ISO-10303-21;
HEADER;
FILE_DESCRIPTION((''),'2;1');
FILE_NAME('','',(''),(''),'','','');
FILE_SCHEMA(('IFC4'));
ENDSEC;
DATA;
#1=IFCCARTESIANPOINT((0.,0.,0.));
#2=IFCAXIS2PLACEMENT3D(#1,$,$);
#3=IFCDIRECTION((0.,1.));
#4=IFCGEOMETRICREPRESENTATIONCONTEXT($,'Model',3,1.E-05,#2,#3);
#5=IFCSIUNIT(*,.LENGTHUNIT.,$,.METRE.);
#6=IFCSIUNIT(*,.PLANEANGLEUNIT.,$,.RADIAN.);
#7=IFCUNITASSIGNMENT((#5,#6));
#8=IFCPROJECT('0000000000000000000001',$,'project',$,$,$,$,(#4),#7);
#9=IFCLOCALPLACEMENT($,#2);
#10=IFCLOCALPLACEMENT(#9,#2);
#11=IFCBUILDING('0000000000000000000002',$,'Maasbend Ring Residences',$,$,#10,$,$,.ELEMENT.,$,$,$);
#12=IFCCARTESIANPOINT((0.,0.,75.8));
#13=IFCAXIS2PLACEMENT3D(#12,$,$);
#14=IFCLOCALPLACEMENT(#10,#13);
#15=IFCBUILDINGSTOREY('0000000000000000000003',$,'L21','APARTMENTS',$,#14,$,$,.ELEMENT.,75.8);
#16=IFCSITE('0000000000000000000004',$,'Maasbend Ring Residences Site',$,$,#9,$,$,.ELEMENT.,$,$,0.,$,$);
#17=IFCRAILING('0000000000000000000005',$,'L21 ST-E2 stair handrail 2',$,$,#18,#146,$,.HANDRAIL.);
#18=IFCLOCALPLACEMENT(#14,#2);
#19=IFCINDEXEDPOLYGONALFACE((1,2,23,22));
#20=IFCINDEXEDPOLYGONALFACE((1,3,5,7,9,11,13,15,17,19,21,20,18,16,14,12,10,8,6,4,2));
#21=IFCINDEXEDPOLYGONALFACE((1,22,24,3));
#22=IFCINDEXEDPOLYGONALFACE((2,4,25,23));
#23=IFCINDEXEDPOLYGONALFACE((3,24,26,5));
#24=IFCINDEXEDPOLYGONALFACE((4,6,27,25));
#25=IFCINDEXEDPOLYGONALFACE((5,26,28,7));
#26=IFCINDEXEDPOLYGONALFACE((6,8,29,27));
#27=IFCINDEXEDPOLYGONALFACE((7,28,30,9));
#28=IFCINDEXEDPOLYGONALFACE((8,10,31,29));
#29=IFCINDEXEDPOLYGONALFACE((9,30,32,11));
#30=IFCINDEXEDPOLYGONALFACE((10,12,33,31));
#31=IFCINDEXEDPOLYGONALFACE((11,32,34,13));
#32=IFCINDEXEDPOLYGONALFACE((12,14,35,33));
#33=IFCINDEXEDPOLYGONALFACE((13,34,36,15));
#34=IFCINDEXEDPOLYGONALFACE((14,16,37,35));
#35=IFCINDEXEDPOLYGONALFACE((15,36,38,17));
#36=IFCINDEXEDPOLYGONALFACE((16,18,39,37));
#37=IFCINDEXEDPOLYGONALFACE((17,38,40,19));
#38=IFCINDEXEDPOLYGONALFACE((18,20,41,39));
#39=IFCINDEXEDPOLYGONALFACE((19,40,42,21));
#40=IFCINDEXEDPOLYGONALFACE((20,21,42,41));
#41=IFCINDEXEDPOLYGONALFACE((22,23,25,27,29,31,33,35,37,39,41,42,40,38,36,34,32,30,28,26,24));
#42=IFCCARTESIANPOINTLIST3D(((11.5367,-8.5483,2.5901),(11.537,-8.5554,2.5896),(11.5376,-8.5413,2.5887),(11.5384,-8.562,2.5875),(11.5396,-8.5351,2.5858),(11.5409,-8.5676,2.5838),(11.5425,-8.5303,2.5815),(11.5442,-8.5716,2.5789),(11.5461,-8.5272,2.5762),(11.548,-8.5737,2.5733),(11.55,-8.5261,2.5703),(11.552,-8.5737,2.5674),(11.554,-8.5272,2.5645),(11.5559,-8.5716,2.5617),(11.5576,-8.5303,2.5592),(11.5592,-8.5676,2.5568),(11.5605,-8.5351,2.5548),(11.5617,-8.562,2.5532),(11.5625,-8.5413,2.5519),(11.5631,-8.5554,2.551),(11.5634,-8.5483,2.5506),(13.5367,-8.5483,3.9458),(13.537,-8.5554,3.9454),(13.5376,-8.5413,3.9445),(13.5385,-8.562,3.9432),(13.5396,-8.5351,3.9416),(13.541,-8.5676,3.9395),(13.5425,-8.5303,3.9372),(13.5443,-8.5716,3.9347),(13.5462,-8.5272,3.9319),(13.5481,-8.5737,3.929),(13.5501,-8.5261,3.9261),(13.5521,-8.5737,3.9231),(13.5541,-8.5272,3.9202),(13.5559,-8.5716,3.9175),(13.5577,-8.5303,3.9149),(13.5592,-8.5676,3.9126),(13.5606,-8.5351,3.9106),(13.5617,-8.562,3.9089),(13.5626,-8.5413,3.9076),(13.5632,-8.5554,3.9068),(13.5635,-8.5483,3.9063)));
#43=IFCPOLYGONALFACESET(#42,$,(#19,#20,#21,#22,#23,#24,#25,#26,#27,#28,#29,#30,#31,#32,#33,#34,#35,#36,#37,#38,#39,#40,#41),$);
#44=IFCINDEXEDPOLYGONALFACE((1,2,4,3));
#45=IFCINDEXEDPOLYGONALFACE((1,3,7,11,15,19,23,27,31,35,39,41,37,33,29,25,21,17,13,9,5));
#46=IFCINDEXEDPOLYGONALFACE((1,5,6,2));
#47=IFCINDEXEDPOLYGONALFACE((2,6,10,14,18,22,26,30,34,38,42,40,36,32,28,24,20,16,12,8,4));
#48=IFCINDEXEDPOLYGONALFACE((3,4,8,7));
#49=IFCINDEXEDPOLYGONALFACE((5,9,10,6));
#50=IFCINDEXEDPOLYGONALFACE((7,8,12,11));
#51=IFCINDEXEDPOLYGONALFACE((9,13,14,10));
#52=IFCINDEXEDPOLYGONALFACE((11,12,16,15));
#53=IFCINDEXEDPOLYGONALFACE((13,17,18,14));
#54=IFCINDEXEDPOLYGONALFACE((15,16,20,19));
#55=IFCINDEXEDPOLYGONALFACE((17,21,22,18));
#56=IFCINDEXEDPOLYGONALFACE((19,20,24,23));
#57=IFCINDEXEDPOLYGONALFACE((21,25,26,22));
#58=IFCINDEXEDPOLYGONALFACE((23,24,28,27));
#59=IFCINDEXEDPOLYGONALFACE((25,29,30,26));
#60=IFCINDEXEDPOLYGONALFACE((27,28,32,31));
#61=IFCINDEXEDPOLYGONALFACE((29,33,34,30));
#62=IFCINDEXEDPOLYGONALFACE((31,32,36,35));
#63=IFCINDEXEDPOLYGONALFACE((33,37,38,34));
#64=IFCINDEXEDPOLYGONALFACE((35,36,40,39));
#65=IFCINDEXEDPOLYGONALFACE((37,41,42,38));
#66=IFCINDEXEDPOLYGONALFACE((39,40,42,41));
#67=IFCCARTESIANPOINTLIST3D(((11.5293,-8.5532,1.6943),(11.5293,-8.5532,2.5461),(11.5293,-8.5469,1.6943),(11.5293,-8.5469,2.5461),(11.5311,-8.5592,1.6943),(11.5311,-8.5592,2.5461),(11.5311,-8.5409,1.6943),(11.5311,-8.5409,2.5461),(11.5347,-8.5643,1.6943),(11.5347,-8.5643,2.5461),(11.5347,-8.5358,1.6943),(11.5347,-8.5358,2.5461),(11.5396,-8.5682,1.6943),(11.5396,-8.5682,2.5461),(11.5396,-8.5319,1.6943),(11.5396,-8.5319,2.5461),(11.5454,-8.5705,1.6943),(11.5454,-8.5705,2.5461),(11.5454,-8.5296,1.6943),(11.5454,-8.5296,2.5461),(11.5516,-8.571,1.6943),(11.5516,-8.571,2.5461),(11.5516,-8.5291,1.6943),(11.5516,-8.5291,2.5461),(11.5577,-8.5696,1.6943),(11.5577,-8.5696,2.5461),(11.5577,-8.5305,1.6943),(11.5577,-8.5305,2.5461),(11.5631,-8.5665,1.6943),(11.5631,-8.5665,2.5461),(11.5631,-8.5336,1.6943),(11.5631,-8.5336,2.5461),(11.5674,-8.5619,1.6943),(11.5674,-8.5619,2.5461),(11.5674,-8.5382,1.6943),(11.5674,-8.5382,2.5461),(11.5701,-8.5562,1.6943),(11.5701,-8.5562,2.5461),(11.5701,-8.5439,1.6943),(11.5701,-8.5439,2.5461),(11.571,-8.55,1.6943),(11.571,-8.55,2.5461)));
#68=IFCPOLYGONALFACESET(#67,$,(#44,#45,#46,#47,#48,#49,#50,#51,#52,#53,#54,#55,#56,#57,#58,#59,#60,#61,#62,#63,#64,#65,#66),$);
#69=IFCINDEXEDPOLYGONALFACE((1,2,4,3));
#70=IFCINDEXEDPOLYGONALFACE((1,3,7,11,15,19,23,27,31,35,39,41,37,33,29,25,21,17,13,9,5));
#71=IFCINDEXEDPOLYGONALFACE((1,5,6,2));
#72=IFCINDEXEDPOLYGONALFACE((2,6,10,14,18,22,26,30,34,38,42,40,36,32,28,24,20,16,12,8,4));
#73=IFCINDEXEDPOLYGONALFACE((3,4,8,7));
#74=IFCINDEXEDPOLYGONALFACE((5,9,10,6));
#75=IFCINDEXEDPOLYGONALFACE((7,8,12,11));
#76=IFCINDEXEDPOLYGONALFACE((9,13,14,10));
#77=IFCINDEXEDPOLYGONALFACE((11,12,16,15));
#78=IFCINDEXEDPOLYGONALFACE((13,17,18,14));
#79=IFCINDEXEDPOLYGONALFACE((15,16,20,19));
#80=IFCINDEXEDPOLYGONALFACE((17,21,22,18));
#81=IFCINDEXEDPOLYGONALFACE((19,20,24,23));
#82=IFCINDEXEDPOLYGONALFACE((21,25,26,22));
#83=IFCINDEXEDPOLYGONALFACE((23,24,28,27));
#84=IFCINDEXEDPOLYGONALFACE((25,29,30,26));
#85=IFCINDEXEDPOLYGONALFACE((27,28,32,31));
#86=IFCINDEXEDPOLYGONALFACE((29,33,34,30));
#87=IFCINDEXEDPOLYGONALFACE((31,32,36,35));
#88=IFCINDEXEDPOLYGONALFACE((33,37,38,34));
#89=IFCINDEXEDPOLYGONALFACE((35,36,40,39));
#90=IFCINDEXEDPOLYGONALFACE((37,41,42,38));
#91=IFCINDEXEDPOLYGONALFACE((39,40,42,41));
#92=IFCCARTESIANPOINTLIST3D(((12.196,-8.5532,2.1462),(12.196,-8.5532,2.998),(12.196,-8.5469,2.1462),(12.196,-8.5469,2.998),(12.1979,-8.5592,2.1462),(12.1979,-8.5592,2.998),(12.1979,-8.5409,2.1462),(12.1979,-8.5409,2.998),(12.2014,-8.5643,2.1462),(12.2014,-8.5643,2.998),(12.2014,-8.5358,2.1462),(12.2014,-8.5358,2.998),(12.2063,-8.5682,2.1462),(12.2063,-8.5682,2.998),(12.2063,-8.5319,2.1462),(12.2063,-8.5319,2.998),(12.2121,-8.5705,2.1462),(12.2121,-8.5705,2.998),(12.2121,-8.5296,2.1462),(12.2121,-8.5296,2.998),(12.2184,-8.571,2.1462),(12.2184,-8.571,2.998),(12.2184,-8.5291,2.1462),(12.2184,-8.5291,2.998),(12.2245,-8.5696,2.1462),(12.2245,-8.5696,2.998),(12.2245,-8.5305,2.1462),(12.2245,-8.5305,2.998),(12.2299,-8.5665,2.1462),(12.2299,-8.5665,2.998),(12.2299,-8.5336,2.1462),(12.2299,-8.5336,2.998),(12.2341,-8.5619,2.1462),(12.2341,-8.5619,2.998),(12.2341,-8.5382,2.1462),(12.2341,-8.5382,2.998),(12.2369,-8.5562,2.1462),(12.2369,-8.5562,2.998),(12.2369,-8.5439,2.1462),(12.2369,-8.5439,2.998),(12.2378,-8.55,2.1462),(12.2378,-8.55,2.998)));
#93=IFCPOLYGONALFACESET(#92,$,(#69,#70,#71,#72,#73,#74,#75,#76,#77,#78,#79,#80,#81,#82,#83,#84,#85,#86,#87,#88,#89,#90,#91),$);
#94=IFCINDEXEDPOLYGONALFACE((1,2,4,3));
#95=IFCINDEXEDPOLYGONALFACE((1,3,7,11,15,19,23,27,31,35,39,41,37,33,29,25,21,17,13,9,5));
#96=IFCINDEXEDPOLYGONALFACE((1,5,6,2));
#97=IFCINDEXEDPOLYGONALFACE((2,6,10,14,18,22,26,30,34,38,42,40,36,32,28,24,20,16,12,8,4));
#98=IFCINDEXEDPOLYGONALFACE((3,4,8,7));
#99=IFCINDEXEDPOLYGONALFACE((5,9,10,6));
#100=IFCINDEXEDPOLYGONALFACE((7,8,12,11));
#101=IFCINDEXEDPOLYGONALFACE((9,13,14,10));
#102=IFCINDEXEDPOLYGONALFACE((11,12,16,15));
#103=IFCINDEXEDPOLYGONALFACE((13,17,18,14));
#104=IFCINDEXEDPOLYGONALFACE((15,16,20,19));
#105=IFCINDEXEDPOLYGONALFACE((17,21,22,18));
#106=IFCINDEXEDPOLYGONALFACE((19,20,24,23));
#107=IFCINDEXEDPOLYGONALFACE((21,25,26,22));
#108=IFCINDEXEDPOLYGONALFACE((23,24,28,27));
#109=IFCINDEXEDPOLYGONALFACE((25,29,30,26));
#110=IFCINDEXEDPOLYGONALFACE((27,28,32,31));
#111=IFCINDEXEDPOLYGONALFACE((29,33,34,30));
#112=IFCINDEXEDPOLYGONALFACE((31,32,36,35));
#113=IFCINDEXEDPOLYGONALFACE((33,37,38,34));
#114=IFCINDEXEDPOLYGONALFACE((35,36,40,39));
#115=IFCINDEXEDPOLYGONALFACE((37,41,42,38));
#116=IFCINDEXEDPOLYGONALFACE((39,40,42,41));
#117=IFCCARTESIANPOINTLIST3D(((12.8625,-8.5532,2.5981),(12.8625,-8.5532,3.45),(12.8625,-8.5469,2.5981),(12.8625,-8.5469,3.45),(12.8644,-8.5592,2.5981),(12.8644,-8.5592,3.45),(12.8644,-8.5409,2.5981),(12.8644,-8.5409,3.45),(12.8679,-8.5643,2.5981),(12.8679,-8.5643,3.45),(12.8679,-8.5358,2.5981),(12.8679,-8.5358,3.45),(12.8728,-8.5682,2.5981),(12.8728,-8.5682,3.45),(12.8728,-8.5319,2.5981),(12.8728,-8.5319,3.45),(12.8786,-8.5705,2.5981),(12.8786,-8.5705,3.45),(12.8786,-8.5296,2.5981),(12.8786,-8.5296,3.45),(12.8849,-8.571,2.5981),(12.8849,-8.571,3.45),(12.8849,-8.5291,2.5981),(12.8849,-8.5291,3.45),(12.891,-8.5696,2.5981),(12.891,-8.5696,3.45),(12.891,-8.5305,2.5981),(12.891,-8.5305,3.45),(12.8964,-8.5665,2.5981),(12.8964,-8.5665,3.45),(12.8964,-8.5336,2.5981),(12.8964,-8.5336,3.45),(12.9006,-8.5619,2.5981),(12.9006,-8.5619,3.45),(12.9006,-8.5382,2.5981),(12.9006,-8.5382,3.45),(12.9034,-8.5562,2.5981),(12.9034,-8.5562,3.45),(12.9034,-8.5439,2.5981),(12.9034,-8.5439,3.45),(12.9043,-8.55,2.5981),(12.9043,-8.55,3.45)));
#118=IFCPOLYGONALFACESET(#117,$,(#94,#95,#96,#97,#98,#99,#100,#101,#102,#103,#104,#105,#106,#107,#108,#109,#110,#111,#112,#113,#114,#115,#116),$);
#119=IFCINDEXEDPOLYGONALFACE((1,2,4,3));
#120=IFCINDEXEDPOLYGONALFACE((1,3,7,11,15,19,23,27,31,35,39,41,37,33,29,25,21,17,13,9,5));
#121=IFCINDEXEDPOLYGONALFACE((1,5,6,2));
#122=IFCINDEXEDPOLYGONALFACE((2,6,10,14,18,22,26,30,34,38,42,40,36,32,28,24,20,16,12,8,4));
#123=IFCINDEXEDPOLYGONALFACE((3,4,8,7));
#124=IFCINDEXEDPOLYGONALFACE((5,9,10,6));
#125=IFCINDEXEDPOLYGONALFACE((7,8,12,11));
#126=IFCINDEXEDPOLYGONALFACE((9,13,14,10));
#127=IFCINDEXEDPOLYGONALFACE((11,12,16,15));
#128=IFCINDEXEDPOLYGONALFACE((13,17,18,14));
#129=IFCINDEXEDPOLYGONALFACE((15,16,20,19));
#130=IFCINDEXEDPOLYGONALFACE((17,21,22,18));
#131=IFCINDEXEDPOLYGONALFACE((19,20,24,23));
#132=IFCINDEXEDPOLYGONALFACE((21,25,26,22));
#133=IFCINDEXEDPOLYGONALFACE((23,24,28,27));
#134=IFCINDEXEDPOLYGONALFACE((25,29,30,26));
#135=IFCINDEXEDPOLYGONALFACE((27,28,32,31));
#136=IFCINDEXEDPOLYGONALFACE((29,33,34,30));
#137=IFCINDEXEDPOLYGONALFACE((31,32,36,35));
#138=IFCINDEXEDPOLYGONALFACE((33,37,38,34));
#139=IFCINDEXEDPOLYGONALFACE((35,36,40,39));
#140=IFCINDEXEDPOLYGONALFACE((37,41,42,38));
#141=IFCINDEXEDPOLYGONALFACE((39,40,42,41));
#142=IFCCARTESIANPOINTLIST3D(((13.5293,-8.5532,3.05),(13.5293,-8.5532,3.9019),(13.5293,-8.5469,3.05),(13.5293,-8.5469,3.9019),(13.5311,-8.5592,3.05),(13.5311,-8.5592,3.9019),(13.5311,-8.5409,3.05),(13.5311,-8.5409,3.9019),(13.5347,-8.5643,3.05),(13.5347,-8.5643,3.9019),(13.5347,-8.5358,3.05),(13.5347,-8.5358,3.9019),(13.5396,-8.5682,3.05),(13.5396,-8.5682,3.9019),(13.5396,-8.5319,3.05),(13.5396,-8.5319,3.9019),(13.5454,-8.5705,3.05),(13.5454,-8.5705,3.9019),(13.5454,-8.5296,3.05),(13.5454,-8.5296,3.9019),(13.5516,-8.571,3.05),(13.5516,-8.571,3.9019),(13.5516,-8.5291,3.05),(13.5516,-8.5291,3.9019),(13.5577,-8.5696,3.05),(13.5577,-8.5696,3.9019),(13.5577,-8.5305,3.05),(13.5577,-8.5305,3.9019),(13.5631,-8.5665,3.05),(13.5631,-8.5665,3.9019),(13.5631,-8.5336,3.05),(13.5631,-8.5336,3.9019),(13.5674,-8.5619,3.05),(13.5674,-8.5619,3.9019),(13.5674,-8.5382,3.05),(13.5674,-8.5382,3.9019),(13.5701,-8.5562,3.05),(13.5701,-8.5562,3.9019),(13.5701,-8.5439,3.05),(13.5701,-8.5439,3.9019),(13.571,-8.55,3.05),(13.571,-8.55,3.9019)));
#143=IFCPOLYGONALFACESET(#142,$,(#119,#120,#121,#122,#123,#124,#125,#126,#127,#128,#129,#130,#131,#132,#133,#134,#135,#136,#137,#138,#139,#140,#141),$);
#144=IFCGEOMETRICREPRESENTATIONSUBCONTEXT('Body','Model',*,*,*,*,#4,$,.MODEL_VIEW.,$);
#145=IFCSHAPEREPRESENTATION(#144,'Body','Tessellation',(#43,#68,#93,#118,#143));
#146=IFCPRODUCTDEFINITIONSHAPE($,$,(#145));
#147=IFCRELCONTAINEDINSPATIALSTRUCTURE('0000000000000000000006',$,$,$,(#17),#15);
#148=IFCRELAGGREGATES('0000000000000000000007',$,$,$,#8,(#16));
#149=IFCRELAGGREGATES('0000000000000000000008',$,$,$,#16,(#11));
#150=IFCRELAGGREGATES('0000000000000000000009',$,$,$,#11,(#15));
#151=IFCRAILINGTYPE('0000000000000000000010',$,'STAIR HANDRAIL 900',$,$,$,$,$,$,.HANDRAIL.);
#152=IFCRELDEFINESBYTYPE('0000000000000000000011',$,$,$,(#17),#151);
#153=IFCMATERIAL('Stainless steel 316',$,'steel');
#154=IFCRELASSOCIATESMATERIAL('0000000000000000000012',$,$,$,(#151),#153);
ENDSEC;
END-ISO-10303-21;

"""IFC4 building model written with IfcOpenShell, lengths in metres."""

from ifc_helpers import new_model, si_unit, direction, frame, origin, origin_2d, place, context, subcontext, project, spatial, circle, extrude, material, type_object, element, save


model = new_model("IFC4")

# Units and contexts
model_context = context("Model", 3, precision=1e-05, world=origin(), true_north=direction((0.0, 1.0)))
body_context = subcontext(model_context, "Body", "Model", "MODEL_VIEW")
ifc_project = project(units=[si_unit("LENGTHUNIT", "METRE"), si_unit("PLANEANGLEUNIT", "RADIAN")], contexts=[model_context])

# Site, building, storey
site_placement = place(None, origin())
site = spatial("IfcSite", under=ifc_project, at=site_placement, Name="Maasbend Ring Residences Site", CompositionType="ELEMENT", RefElevation=0.0)
building_placement = place(site_placement, origin())
building = spatial("IfcBuilding", under=site, at=building_placement, Name="Maasbend Ring Residences", CompositionType="ELEMENT")
storey_placement = place(building_placement, frame((0.0, 0.0, 75.8)))
storey = spatial("IfcBuildingStorey", under=building, at=storey_placement, Name="L21", Description="APARTMENTS", CompositionType="ELEMENT", Elevation=75.8)

# Railing
ifc_material_1 = material(Name="Stainless steel 316", Category="steel")
railing_type = type_object("IfcRailingType", Name="STAIR HANDRAIL 900", PredefinedType="HANDRAIL", material=ifc_material_1)
railing_1_placement = place(storey_placement, frame((11.55, -8.55, 1.6943)))
element("IfcRailing", 1, at=railing_1_placement, inside=storey, type_object=railing_type, Name="L21 ST-E2 stair handrail 2", PredefinedType="HANDRAIL", context=body_context, shape_type="SweptSolid", body=[
    extrude(circle(Radius=0.0239, at=origin_2d()), frame((0.0, 0.0, 0.876), z_axis=(0.827751, 0.0, 0.561096), x_axis=(0.0, 1.0, 0.0)), (0.0, 0.0, 1.0), 2.4163),
    extrude(circle(Radius=0.021, at=origin_2d()), origin(), (0.0, 0.0, 1.0), 0.8518),
    extrude(circle(Radius=0.021, at=origin_2d()), frame((0.6667, 0.0, 0.4519)), (0.0, 0.0, 1.0), 0.8518),
    extrude(circle(Radius=0.021, at=origin_2d()), frame((1.3333, 0.0, 0.9038)), (0.0, 0.0, 1.0), 0.8518),
    extrude(circle(Radius=0.021, at=origin_2d()), frame((2.0, 0.0, 1.3557)), (0.0, 0.0, 1.0), 0.8518),
])

save(model, "model.ifc")
